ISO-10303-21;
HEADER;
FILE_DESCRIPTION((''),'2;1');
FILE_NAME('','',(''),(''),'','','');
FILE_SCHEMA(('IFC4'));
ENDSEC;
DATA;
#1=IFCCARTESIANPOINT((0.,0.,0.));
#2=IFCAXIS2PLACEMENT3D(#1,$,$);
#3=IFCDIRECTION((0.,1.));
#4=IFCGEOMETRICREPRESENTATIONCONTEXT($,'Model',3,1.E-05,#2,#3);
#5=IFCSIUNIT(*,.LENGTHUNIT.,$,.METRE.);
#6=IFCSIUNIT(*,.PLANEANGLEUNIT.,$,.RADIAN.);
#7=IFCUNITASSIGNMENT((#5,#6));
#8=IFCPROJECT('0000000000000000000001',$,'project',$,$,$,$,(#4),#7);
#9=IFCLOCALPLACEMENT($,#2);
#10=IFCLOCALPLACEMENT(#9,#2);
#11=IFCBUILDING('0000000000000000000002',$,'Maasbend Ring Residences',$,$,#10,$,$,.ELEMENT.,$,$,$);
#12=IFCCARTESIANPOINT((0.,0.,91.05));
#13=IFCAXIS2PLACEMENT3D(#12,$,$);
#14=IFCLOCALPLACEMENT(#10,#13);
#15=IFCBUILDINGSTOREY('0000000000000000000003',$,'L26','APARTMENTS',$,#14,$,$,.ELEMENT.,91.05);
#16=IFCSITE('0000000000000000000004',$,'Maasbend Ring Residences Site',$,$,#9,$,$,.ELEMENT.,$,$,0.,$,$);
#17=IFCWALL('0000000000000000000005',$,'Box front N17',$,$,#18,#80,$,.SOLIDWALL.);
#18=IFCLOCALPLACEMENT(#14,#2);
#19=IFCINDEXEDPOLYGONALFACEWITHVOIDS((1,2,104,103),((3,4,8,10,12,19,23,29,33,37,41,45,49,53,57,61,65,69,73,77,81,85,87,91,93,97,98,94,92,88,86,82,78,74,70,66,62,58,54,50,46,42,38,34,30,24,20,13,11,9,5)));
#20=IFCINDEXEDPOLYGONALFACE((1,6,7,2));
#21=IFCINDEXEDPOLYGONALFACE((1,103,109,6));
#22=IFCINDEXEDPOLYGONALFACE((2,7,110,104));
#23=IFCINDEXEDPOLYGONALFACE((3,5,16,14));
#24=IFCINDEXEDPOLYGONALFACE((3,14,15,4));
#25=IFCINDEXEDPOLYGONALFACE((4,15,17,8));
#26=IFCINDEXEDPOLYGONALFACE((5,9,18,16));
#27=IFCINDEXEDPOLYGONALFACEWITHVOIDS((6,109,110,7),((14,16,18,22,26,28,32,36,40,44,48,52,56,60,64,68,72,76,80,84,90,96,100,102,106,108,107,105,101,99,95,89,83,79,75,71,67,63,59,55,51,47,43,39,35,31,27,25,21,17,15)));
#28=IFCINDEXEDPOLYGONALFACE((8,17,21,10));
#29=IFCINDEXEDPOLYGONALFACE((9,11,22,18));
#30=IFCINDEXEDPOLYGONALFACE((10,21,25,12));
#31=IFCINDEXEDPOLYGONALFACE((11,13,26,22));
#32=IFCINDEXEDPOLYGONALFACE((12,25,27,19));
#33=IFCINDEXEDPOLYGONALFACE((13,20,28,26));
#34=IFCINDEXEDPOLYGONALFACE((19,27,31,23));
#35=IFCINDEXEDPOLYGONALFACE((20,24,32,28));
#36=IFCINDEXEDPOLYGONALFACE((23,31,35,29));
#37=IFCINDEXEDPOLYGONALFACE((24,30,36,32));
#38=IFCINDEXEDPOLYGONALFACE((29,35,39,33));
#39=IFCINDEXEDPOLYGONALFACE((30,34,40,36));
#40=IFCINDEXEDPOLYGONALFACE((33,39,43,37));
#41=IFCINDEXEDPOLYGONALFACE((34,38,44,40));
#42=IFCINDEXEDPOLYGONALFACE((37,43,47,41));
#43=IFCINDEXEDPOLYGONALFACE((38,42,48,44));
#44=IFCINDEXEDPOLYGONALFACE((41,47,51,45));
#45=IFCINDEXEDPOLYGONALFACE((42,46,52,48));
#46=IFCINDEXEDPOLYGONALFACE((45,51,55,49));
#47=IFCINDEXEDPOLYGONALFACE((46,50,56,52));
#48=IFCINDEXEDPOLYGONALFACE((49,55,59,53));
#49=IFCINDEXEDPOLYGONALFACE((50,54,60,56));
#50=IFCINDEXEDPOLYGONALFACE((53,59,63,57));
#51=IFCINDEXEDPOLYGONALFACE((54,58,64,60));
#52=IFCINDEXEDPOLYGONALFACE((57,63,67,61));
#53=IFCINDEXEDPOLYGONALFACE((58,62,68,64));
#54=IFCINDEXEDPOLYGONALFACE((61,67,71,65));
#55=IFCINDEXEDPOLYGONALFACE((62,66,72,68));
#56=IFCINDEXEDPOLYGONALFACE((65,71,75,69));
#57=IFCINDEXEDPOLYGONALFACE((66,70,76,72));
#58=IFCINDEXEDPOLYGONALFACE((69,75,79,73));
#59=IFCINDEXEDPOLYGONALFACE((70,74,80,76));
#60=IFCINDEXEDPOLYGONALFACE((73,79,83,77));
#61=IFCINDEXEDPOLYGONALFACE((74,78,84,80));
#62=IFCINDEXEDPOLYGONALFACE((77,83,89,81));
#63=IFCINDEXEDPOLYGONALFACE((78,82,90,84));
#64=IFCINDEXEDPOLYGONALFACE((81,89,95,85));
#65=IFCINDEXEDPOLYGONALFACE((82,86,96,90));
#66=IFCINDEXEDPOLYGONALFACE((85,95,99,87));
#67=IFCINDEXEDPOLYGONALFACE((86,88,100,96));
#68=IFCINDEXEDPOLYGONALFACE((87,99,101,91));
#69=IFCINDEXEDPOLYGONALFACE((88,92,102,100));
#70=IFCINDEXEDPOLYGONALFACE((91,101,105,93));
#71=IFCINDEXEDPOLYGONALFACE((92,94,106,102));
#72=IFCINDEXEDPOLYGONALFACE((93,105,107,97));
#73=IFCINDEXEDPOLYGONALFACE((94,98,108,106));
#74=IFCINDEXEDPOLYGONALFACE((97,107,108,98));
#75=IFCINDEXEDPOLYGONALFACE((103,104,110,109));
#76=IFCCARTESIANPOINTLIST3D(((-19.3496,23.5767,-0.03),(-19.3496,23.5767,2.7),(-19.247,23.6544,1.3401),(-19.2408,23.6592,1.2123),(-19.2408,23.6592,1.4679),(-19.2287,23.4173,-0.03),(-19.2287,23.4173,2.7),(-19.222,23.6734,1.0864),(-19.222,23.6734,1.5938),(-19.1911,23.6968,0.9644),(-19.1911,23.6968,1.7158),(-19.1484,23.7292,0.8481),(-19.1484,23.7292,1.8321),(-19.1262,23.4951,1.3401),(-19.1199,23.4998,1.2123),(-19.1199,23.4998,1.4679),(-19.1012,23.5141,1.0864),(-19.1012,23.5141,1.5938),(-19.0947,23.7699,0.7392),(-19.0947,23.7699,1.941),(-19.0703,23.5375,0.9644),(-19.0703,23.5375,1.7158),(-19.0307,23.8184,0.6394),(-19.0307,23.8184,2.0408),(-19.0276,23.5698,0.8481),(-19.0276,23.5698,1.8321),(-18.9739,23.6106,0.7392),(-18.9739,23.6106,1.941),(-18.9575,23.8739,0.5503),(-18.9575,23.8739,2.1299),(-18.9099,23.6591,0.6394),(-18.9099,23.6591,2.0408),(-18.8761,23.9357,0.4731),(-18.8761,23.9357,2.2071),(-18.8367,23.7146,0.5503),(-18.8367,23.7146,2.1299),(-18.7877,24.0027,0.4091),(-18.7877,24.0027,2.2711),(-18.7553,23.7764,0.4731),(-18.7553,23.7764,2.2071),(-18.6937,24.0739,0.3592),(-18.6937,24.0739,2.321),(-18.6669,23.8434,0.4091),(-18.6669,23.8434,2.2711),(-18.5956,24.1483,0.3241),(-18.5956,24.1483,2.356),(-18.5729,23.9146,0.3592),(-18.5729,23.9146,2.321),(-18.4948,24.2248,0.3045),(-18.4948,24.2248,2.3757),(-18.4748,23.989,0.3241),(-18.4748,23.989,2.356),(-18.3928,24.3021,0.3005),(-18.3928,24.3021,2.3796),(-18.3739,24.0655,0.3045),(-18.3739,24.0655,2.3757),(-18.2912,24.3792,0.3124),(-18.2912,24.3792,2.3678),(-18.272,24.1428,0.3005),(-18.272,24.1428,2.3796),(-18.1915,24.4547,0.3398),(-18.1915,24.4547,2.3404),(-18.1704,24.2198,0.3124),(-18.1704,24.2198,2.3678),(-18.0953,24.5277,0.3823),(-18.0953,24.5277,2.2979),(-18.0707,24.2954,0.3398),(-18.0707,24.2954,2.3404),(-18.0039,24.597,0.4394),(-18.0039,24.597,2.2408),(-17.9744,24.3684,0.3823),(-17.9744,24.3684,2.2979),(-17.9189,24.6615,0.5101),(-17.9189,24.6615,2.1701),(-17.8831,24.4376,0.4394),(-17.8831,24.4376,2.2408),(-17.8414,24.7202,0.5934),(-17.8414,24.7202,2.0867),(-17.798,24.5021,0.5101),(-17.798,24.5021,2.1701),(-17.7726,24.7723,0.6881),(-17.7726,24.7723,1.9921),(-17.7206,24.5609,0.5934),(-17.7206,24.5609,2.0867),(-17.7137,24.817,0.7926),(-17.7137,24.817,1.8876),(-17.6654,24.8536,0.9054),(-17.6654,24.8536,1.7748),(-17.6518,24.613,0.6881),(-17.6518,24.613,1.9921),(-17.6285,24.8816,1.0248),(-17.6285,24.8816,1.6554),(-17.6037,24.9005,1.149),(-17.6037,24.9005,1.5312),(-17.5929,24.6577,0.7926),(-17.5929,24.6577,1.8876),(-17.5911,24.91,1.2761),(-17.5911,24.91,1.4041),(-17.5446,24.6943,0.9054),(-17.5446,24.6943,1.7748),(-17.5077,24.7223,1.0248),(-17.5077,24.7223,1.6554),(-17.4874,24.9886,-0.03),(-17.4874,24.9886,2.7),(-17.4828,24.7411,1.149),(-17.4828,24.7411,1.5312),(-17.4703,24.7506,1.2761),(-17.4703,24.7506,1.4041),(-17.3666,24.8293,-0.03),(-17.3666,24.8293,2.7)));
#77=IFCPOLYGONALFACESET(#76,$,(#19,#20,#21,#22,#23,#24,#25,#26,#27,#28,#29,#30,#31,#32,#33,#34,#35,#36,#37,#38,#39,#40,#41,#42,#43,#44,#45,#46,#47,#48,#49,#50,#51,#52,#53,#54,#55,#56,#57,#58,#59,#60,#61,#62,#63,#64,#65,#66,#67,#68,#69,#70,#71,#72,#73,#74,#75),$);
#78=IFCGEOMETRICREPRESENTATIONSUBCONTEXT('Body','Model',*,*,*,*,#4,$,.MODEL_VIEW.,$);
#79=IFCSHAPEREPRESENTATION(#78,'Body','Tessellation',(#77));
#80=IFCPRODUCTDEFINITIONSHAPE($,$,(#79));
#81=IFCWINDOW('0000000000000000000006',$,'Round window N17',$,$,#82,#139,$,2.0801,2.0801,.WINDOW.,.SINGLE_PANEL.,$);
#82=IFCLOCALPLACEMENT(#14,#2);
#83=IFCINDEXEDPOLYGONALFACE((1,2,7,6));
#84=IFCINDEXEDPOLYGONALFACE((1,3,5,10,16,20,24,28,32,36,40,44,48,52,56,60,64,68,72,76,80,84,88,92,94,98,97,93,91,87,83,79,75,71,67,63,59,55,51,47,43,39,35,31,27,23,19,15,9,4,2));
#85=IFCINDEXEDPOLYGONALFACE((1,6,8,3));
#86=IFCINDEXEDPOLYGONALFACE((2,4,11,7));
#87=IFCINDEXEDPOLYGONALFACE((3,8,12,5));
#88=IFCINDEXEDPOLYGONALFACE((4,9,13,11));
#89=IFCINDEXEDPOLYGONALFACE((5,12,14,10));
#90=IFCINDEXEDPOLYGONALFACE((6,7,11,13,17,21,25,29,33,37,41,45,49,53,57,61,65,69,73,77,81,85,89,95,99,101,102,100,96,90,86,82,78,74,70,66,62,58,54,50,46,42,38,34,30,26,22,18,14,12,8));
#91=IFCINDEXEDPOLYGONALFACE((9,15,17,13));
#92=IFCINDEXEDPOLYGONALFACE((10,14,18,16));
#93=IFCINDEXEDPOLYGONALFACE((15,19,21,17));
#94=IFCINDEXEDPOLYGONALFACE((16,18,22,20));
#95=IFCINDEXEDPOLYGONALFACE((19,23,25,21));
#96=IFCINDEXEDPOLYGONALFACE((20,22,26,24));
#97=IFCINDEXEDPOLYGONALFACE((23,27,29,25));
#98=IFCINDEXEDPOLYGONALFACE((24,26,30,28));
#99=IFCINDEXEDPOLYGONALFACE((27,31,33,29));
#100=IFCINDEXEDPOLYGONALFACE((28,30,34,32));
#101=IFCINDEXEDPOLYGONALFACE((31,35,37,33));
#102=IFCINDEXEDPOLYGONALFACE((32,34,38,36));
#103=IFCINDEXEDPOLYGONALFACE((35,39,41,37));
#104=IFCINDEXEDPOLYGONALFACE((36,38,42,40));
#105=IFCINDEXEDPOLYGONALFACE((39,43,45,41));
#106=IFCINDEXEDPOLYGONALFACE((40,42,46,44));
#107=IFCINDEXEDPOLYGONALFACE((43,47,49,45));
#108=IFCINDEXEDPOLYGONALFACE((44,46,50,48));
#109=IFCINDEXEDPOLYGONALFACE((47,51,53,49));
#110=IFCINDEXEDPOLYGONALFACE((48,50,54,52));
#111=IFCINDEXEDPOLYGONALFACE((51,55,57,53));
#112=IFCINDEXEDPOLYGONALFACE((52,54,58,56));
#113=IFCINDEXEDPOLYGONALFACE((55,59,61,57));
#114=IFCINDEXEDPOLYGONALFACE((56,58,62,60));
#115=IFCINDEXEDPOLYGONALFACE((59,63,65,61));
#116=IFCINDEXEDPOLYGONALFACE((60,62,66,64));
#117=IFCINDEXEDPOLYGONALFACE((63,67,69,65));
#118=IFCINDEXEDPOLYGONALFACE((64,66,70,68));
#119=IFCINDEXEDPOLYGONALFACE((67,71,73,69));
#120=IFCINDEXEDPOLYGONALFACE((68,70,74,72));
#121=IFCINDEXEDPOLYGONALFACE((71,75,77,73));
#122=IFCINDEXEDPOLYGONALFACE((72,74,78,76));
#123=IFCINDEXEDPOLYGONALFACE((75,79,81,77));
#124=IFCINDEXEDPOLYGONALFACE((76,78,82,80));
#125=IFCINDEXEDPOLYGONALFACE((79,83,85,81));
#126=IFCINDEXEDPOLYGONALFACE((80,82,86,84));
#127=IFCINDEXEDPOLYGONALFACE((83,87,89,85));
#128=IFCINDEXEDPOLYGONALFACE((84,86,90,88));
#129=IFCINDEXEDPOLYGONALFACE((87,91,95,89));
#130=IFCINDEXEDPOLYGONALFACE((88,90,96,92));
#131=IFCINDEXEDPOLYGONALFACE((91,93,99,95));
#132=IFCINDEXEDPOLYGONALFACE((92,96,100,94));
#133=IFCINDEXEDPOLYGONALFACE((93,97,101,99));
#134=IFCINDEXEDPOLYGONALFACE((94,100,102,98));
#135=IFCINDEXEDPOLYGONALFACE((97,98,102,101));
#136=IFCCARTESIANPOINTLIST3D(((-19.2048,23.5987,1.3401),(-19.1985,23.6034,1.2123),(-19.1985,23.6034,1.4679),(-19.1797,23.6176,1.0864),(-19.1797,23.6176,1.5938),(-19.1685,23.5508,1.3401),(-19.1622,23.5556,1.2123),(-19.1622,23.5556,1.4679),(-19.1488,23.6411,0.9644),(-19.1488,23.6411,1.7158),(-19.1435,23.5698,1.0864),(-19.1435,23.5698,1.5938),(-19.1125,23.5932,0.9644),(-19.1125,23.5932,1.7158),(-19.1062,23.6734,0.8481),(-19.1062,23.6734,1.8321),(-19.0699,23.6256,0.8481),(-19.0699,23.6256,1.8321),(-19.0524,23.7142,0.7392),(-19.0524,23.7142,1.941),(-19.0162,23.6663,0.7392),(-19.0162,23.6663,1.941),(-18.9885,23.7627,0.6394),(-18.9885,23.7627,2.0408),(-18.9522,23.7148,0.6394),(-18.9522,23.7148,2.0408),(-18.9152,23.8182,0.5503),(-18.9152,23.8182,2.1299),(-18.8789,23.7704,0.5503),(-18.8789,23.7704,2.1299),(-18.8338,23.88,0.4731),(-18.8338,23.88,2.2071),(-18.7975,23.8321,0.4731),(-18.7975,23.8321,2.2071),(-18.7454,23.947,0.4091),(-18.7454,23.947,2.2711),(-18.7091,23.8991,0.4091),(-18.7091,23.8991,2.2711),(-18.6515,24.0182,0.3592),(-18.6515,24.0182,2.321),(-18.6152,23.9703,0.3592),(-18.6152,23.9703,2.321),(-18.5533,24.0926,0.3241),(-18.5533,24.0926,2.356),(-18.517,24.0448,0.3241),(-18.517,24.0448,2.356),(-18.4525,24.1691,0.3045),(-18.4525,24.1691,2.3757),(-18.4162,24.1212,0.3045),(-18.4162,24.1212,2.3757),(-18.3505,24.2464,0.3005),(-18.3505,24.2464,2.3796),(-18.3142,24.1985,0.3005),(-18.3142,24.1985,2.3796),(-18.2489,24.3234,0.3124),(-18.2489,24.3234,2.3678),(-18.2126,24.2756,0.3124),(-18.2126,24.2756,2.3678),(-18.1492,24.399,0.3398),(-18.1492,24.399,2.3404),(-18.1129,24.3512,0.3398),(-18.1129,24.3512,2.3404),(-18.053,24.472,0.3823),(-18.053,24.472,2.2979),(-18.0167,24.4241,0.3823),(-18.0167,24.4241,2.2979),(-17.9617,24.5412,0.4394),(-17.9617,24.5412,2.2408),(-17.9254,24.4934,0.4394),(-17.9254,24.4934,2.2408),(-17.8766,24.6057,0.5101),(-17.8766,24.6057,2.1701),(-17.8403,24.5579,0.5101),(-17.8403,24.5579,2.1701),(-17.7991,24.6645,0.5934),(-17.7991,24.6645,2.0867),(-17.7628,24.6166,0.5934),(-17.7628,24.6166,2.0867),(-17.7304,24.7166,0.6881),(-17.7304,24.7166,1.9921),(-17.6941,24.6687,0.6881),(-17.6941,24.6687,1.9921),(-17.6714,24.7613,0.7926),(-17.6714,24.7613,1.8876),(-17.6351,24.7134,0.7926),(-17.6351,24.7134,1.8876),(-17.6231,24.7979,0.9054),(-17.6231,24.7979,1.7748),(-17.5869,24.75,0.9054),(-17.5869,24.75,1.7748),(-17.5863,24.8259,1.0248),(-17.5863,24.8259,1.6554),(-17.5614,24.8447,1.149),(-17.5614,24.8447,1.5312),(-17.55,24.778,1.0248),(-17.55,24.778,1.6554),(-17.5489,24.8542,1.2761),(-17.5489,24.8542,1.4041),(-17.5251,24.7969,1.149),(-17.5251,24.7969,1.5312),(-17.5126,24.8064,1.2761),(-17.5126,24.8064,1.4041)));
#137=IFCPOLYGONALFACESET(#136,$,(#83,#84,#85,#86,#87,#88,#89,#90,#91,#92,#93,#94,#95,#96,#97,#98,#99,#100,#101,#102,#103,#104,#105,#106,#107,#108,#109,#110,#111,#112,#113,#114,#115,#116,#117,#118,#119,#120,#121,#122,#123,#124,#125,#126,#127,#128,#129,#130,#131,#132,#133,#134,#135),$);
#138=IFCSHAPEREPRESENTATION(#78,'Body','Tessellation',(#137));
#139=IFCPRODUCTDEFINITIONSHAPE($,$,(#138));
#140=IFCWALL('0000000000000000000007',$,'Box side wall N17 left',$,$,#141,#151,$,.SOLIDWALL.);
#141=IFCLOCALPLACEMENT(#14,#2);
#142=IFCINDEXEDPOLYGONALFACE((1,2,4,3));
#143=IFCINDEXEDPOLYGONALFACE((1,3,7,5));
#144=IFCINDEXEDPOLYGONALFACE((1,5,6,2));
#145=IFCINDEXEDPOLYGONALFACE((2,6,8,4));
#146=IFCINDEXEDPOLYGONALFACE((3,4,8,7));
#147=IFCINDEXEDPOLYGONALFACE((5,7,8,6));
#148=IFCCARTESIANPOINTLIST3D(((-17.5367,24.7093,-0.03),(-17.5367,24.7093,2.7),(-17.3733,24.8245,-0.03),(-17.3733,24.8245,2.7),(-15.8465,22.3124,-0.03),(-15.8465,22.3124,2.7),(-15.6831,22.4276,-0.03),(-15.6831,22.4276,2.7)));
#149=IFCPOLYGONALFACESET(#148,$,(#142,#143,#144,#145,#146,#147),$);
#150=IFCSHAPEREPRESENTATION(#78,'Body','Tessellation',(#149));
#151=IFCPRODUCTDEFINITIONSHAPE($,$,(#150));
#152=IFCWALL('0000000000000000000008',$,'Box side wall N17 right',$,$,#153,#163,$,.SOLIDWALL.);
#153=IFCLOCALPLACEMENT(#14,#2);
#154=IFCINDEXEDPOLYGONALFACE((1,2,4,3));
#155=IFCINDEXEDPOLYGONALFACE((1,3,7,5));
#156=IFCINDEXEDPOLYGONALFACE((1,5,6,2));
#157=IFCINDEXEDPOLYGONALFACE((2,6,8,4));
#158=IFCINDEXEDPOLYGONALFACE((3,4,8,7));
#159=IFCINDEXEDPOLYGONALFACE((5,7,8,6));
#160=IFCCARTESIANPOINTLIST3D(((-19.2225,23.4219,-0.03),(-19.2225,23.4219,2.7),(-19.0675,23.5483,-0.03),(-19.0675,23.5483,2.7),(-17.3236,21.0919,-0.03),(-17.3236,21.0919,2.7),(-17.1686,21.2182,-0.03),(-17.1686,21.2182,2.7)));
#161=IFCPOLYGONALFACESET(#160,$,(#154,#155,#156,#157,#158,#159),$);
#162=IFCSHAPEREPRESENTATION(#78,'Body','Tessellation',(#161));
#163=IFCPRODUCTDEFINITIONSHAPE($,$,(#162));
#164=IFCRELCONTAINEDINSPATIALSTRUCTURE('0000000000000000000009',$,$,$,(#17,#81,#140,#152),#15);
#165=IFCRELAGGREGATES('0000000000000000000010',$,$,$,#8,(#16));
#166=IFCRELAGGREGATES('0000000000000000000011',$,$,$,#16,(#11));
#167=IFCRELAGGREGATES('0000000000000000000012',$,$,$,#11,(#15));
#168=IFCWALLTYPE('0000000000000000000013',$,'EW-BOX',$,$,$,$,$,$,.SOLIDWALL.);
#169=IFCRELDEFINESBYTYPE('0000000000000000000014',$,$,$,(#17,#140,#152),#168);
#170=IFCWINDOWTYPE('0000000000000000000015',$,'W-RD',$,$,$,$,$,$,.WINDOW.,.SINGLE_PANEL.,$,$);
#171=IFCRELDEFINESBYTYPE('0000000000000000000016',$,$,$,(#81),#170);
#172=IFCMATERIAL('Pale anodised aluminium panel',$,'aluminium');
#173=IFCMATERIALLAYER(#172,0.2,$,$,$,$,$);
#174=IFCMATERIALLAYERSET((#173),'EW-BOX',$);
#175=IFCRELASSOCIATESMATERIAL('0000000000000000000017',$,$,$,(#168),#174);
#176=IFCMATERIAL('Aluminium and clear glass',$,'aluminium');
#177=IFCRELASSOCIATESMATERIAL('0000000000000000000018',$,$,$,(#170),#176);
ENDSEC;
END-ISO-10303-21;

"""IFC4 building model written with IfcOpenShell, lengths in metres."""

from ifc_helpers import new_model, si_unit, direction, frame, frame_2d, origin, place, context, subcontext, project, spatial, rectangle, circle, extrude, material, layer, layer_set, type_object, element, fill, save


model = new_model("IFC4")

# Units and contexts
model_context = context("Model", 3, precision=1e-05, world=origin(), true_north=direction((0.0, 1.0)))
body_context = subcontext(model_context, "Body", "Model", "MODEL_VIEW")
ifc_project = project(units=[si_unit("LENGTHUNIT", "METRE"), si_unit("PLANEANGLEUNIT", "RADIAN")], contexts=[model_context])

# Site, building, storey
site_placement = place(None, origin())
site = spatial("IfcSite", under=ifc_project, at=site_placement, Name="Maasbend Ring Residences Site", CompositionType="ELEMENT", RefElevation=0.0)
building_placement = place(site_placement, origin())
building = spatial("IfcBuilding", under=site, at=building_placement, Name="Maasbend Ring Residences", CompositionType="ELEMENT")
storey_placement = place(building_placement, frame((0.0, 0.0, 91.05)))
storey = spatial("IfcBuildingStorey", under=building, at=storey_placement, Name="L26", Description="APARTMENTS", CompositionType="ELEMENT", Elevation=91.05)

# Shared definitions
ifc_material_1 = material(Name="Pale anodised aluminium panel", Category="aluminium")
ifc_layer_1 = layer(ifc_material_1, 0.2)
ifc_layer_set_1 = layer_set([ifc_layer_1], Name="EW-BOX")
wall_type_1 = type_object("IfcWallType", Name="EW-BOX", PredefinedType="SOLIDWALL", material=ifc_layer_set_1)
ifc_material_2 = material(Name="Aluminium and clear glass", Category="aluminium")
window_type_1 = type_object("IfcWindowType", Name="W-RD", PartitioningType="SINGLE_PANEL", PredefinedType="WINDOW", material=ifc_material_2)

# Wall, opening, window
wall_1_placement = place(storey_placement, frame((-17.427, 24.9089, -0.03), z_axis=(0.0, 0.0, 1.0), x_axis=(-0.796842, -0.604188, 0.0)))
wall_1 = element("IfcWall", 1, at=wall_1_placement, inside=storey, type_object=wall_type_1, Name="Box front N17", PredefinedType="SOLIDWALL", context=body_context, shape_type="SweptSolid", body=[
    extrude(rectangle(XDim=2.3369, YDim=0.2, at=frame_2d((1.1685, 0.0))), origin(), (0.0, 0.0, 1.0), 2.73),
])
opening_1_placement = place(wall_1_placement, frame((0.1282, 0.0, 0.3301)))
opening_1 = element("IfcOpeningElement", 2, at=opening_1_placement, cuts=wall_1, PredefinedType="OPENING", context=body_context, shape_type="SweptSolid", body=[
    extrude(circle(Radius=1.04, at=frame_2d((1.04, 1.04))), frame((0.0, 0.1099, 0.0), z_axis=(0.0, -1.0, 0.0), x_axis=(1.0, 0.0, 0.0)), (0.0, 0.0, 1.0), 0.22),
])
window_1_placement = place(opening_1_placement, origin())
window_1 = element("IfcWindow", 3, at=window_1_placement, inside=storey, type_object=window_type_1, Name="Round window N17", OverallHeight=2.0801, OverallWidth=2.0801, PartitioningType="SINGLE_PANEL", PredefinedType="WINDOW", context=body_context, shape_type="SweptSolid", body=[
    extrude(circle(Radius=1.04, at=frame_2d((1.04, 1.04))), frame((0.0, 0.03, 0.0), z_axis=(0.0, -1.0, 0.0), x_axis=(1.0, 0.0, 0.0)), (0.0, 0.0, 1.0), 0.0601),
])
fill(opening_1, window_1)

# Walls
wall_2_placement = place(storey_placement, frame((-15.7649, 22.3701, -0.03), z_axis=(0.0, 0.0, 1.0), x_axis=(-0.576275, 0.817256, 0.0)))
element("IfcWall", 4, at=wall_2_placement, inside=storey, type_object=wall_type_1, Name="Box side wall N17 left", PredefinedType="SOLIDWALL", context=body_context, shape_type="SweptSolid", body=[
    extrude(rectangle(XDim=2.9329, YDim=0.2, at=frame_2d((1.4663, 0.0))), origin(), (0.0, 0.0, 1.0), 2.73),
])
wall_3_placement = place(storey_placement, frame((-17.2461, 21.155, -0.03), z_axis=(0.0, 0.0, 1.0), x_axis=(-0.631742, 0.775179, 0.0)))
element("IfcWall", 5, at=wall_3_placement, inside=storey, type_object=wall_type_1, Name="Box side wall N17 right", PredefinedType="SOLIDWALL", context=body_context, shape_type="SweptSolid", body=[
    extrude(rectangle(XDim=3.0059, YDim=0.2, at=frame_2d((1.5029, 0.0))), origin(), (0.0, 0.0, 1.0), 2.73),
])

save(model, "model.ifc")
